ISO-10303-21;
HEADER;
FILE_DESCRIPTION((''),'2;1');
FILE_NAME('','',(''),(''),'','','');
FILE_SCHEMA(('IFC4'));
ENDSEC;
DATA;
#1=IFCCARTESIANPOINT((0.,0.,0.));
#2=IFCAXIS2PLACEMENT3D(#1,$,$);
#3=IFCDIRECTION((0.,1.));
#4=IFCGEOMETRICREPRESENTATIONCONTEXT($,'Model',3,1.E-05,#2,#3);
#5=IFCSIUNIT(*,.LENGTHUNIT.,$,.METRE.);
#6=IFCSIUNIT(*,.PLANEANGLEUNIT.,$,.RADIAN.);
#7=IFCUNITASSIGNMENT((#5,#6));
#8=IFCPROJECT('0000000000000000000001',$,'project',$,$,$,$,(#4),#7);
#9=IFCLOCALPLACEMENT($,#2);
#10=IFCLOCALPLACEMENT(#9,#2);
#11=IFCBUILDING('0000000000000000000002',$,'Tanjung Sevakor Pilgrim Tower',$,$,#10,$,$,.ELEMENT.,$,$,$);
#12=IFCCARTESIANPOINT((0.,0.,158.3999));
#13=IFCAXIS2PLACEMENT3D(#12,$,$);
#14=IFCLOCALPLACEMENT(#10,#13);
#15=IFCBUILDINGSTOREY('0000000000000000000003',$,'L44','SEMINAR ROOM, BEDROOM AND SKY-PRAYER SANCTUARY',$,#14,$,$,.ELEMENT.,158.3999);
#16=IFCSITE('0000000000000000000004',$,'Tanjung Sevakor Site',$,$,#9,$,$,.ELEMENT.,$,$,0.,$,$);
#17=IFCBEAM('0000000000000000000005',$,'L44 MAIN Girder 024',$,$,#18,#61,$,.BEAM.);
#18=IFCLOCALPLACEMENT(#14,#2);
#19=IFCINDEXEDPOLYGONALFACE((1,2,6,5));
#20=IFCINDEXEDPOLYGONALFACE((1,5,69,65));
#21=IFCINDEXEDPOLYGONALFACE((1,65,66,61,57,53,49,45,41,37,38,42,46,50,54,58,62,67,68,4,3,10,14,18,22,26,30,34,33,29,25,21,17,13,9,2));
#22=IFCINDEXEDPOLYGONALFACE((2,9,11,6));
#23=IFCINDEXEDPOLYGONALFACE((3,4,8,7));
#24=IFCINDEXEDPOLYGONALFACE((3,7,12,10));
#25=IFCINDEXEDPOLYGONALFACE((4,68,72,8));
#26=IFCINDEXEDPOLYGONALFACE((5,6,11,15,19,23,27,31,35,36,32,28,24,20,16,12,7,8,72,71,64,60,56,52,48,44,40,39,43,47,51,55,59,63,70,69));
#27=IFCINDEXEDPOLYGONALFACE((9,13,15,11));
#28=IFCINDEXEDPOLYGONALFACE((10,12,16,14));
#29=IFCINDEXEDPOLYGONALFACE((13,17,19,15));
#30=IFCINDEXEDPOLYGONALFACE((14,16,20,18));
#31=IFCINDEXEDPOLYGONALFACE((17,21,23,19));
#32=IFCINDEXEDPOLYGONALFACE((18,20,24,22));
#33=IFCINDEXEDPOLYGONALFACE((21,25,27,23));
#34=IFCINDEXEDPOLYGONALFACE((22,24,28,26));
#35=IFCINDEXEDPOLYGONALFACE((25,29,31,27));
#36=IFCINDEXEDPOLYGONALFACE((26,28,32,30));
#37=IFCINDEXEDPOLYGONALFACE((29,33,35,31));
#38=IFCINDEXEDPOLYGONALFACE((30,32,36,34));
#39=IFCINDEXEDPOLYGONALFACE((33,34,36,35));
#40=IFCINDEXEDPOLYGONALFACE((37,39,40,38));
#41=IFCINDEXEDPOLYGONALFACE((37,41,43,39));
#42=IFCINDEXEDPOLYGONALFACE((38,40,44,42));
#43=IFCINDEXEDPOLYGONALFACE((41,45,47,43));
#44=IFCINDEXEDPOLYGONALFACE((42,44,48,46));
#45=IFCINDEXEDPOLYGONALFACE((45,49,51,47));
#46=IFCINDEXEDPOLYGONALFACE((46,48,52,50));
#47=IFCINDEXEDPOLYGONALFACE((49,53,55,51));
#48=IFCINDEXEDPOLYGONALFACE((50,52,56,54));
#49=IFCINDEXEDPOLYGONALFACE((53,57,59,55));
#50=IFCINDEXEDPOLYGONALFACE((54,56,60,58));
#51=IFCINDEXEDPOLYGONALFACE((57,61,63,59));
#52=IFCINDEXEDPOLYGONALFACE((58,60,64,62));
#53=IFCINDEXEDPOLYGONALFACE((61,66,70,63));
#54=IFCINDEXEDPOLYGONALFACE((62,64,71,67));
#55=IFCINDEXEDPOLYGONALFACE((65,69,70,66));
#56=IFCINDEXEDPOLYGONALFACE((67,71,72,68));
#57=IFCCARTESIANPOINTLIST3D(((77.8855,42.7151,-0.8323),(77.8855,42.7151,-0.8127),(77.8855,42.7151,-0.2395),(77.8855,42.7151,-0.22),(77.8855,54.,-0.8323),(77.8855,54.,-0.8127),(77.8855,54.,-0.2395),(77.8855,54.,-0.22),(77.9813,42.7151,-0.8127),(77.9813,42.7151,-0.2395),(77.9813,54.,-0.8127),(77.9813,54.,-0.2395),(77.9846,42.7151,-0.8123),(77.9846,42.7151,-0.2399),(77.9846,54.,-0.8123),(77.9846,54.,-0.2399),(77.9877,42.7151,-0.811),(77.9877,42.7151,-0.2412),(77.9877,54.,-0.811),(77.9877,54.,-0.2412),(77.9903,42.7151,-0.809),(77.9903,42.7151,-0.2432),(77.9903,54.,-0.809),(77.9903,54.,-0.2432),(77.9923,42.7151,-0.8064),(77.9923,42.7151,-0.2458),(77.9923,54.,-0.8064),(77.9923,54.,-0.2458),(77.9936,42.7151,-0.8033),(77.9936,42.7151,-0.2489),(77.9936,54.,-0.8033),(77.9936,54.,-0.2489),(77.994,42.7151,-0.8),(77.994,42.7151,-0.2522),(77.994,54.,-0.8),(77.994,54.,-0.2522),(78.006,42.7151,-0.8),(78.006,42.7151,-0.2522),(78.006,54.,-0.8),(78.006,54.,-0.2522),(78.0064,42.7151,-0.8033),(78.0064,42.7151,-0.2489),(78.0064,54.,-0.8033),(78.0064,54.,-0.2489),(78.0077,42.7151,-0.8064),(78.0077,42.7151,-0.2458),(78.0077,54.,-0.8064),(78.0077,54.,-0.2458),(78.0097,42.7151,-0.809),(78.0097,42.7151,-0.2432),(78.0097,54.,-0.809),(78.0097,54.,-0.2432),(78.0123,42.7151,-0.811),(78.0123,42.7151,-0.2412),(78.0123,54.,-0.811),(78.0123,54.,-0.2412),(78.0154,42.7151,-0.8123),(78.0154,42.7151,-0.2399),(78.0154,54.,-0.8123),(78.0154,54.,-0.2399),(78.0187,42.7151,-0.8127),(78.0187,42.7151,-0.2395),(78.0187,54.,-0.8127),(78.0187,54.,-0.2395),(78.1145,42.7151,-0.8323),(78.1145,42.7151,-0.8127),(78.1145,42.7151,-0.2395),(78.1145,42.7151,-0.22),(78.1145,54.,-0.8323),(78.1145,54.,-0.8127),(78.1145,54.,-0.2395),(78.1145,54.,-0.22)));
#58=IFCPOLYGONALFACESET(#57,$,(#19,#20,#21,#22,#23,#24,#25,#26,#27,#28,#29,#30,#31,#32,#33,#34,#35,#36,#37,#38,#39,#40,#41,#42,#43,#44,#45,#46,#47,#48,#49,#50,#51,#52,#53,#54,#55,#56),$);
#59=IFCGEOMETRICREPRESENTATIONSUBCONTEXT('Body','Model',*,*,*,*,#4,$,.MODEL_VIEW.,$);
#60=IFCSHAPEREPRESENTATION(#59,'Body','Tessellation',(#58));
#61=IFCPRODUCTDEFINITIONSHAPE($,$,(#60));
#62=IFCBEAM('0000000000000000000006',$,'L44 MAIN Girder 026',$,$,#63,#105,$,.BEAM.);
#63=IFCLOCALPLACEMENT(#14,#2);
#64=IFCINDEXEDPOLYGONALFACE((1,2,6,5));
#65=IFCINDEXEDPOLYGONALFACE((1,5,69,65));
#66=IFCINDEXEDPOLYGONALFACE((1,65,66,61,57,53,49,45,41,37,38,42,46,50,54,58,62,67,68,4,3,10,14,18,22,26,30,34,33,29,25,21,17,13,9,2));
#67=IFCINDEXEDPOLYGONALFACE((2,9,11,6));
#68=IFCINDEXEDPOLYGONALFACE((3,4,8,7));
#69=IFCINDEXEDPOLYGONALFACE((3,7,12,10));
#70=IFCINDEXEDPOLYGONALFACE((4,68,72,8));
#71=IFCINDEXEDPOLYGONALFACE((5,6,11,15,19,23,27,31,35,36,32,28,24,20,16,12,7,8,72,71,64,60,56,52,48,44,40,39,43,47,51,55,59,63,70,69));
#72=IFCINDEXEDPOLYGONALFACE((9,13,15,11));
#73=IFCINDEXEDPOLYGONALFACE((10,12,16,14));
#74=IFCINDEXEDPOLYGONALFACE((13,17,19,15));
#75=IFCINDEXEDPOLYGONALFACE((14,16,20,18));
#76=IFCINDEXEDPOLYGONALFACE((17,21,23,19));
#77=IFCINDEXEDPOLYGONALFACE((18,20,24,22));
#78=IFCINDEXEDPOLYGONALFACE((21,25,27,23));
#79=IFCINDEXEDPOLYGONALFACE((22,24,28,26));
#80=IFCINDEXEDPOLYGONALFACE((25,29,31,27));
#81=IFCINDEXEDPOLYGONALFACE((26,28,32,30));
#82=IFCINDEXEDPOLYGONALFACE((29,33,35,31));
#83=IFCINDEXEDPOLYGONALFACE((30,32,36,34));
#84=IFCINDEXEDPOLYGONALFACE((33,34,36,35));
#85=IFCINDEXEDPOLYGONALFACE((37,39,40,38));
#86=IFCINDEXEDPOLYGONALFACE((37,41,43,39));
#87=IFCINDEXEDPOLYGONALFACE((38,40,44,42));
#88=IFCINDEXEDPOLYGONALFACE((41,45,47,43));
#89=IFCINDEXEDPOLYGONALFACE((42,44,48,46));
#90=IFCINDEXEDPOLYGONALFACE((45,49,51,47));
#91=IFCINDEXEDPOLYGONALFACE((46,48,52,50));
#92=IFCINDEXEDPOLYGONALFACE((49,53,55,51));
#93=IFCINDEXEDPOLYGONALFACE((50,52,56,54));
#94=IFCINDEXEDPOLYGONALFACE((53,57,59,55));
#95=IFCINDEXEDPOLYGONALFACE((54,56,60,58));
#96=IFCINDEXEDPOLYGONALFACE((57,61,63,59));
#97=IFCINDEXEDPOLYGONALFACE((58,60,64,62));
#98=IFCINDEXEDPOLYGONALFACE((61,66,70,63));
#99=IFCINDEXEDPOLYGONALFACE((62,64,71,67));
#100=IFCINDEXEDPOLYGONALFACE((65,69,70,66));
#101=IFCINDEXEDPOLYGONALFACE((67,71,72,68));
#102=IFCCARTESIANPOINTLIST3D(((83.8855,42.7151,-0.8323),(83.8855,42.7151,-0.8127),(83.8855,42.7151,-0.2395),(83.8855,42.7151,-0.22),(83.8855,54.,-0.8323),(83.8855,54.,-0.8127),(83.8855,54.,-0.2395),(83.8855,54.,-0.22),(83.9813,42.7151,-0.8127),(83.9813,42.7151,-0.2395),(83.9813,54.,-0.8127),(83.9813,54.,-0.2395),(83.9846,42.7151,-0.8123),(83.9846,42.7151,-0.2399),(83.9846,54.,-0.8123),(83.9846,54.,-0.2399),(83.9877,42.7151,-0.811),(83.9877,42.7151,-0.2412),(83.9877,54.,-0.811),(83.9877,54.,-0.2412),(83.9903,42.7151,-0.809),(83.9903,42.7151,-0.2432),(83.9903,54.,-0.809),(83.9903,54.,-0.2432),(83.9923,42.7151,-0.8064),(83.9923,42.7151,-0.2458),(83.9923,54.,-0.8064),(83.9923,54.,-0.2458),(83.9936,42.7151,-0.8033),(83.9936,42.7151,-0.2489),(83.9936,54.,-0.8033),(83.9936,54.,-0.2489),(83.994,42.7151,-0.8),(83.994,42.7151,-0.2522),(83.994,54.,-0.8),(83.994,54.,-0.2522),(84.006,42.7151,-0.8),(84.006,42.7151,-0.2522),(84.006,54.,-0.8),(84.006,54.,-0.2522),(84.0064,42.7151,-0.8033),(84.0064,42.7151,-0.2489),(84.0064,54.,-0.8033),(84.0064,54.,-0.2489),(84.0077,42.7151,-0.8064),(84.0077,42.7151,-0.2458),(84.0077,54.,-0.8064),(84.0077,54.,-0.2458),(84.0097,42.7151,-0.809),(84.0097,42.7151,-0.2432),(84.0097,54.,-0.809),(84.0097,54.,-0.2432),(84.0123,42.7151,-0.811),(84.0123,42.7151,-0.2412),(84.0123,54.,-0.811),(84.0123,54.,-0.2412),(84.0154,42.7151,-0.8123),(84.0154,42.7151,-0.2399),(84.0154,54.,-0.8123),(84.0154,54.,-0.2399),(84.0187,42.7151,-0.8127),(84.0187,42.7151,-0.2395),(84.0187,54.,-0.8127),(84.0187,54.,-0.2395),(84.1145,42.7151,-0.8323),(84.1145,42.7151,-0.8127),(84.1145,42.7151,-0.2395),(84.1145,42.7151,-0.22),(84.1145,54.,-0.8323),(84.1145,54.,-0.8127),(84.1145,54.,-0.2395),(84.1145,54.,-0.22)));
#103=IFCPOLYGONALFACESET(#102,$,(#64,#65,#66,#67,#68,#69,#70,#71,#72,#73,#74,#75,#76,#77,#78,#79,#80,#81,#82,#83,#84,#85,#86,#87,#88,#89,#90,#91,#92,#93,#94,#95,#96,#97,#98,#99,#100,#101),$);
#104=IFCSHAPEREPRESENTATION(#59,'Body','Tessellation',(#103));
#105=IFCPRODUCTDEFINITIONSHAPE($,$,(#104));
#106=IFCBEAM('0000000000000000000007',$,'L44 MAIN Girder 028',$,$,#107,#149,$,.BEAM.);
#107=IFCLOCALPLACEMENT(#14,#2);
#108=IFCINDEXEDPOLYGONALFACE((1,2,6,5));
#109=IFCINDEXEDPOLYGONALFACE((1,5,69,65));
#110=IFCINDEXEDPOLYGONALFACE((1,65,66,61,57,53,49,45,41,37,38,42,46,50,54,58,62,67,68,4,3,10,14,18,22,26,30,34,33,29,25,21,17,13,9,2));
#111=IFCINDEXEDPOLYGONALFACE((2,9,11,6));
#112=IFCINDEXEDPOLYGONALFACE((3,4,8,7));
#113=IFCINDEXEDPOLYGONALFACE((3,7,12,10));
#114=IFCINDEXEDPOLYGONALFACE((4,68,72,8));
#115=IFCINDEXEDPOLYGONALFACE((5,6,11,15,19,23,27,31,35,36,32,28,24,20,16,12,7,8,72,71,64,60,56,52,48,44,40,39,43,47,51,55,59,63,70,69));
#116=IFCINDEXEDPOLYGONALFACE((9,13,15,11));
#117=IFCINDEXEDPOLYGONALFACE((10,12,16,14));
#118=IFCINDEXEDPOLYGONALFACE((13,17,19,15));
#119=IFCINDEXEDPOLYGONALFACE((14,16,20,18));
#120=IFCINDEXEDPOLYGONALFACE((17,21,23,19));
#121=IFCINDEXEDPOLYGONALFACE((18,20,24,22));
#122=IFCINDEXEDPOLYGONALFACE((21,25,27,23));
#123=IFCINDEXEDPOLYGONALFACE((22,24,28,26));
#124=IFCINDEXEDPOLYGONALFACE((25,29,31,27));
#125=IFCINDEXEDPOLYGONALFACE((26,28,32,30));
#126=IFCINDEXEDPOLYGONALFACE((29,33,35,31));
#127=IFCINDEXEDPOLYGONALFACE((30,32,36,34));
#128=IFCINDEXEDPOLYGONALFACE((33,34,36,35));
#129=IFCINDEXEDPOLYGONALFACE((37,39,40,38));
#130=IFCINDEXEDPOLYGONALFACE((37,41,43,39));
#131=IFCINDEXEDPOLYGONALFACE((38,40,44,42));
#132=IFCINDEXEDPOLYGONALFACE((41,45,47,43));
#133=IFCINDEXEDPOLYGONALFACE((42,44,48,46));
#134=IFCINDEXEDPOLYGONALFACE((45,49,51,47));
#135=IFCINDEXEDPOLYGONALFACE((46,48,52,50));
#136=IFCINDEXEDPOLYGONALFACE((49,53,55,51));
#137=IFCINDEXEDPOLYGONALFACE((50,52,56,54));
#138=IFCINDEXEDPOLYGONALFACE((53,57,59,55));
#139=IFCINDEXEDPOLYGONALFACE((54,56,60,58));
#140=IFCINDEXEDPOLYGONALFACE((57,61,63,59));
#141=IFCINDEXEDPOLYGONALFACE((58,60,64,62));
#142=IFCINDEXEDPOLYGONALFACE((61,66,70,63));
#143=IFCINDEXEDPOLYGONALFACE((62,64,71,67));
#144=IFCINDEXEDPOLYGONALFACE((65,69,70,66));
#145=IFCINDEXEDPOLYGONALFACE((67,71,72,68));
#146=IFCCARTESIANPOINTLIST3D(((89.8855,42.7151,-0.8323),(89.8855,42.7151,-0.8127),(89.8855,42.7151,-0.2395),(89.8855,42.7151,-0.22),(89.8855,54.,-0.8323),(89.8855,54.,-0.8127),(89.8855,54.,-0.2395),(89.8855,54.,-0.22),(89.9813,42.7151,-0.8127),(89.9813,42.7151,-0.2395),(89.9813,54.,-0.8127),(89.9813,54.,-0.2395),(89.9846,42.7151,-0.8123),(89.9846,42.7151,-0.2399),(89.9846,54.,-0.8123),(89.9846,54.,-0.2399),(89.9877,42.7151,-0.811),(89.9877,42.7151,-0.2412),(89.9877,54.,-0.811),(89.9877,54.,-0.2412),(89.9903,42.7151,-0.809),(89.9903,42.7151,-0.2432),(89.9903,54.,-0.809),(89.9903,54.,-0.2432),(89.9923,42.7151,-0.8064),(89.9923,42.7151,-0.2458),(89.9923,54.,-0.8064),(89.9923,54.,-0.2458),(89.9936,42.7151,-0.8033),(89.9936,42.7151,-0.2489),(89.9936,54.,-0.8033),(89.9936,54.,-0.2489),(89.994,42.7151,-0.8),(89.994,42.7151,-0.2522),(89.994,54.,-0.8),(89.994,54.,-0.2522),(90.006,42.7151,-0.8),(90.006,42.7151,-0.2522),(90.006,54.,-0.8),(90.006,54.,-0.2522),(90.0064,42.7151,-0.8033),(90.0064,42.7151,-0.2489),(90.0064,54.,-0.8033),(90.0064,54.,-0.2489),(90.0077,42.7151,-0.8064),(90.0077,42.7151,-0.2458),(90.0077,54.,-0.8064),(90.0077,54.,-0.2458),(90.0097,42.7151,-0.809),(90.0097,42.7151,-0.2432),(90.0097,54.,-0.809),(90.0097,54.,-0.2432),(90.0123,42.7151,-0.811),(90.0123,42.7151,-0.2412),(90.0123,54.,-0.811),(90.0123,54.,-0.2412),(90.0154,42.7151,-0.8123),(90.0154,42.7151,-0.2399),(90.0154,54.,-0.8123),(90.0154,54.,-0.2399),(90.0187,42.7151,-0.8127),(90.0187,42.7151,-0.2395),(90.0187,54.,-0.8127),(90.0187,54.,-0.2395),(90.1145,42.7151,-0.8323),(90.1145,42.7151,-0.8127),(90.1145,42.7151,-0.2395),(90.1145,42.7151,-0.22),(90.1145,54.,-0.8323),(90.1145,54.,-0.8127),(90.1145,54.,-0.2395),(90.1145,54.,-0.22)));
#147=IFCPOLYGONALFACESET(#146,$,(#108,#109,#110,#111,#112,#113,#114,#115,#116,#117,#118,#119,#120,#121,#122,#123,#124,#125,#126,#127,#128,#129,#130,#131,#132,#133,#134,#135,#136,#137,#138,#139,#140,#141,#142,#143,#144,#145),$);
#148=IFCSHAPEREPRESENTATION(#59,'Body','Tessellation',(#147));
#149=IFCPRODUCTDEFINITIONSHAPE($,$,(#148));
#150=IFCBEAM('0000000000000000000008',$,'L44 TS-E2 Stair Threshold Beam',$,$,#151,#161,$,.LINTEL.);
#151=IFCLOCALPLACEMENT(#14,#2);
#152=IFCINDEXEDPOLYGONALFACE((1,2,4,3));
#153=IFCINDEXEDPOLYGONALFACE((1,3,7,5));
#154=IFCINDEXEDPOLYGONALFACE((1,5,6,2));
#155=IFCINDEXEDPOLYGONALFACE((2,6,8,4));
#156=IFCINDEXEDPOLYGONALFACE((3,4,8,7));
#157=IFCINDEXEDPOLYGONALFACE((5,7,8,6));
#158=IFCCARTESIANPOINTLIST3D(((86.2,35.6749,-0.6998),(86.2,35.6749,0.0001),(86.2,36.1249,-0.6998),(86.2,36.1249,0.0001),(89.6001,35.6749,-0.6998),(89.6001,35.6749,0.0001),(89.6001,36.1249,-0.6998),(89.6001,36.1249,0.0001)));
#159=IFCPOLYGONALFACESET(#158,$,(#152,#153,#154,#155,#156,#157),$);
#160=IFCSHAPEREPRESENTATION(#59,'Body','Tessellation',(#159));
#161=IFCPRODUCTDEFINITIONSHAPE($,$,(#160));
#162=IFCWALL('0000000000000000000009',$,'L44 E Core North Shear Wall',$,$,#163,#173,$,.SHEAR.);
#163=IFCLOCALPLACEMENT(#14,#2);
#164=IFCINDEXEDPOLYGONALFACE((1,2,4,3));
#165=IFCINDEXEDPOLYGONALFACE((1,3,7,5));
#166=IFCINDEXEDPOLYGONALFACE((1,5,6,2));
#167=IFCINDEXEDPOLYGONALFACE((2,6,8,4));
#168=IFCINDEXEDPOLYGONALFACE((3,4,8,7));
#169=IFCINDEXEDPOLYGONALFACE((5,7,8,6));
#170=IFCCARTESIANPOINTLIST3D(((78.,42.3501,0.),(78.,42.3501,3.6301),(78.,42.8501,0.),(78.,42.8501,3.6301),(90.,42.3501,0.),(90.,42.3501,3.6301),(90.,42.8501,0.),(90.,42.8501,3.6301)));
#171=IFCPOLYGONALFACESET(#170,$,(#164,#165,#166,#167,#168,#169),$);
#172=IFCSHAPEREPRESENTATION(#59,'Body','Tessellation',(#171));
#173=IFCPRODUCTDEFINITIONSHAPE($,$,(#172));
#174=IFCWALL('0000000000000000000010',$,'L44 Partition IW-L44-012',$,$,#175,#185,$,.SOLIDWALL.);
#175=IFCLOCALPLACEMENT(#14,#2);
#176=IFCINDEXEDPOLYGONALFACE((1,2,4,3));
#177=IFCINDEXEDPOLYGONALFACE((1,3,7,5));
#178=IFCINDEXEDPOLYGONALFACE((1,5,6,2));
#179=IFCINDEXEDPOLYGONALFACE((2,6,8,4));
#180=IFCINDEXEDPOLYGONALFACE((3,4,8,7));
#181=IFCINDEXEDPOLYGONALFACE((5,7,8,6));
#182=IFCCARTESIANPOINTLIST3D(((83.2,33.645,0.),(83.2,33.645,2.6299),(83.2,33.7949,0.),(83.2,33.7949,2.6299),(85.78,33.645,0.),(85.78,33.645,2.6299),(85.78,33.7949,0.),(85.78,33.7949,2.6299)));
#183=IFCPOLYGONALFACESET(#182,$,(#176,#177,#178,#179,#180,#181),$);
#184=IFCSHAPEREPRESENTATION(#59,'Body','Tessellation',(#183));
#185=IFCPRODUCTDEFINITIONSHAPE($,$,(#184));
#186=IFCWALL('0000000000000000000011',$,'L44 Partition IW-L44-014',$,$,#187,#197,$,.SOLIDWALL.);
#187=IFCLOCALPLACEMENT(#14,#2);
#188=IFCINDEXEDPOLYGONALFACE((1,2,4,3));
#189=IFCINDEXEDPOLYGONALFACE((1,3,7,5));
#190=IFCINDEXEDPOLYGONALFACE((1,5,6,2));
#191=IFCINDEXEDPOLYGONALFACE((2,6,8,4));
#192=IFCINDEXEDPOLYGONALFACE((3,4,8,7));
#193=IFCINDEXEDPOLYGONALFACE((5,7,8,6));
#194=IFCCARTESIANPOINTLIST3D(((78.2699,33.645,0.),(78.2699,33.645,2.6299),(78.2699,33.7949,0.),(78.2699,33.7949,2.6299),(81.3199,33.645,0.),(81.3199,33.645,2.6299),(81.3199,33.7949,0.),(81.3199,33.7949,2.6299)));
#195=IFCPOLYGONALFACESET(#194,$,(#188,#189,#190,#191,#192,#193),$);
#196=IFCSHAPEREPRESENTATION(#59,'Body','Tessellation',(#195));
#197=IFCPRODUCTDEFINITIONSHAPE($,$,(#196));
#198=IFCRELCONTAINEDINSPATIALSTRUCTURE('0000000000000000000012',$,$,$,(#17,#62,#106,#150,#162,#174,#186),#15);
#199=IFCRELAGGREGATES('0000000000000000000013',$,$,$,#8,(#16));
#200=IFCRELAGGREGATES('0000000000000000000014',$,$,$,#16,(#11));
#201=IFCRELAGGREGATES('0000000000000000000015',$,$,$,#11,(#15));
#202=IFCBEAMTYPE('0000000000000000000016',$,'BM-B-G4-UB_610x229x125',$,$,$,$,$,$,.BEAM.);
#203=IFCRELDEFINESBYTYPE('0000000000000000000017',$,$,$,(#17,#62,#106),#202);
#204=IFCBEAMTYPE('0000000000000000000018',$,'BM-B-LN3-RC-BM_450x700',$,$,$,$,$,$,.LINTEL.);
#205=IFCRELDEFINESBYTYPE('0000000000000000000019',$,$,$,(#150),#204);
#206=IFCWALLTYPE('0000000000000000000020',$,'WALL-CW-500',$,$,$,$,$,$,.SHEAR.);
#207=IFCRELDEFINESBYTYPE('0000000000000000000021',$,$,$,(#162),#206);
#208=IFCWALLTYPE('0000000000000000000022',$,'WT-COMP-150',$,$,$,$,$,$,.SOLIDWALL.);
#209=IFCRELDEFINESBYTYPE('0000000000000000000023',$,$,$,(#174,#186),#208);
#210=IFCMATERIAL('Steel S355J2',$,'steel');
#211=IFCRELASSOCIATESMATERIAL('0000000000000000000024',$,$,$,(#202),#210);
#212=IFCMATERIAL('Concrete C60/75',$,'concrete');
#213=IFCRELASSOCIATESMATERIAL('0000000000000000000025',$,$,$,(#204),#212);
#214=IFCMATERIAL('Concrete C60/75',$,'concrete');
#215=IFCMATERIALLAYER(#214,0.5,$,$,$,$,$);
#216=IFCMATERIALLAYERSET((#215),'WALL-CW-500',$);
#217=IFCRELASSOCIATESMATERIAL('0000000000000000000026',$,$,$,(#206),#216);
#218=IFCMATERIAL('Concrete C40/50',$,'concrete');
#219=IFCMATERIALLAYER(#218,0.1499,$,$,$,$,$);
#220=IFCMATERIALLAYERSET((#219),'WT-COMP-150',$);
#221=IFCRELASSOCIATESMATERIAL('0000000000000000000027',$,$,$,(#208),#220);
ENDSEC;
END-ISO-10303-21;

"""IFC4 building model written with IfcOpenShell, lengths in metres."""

from ifc_helpers import new_model, si_unit, direction, frame, frame_2d, origin, origin_2d, place, context, subcontext, project, spatial, rectangle, i_section, extrude, material, layer, layer_set, material_profile, profile_set, type_object, element, save


model = new_model("IFC4")

# Units and contexts
model_context = context("Model", 3, precision=1e-05, world=origin(), true_north=direction((0.0, 1.0)))
body_context = subcontext(model_context, "Body", "Model", "MODEL_VIEW")
ifc_project = project(units=[si_unit("LENGTHUNIT", "METRE"), si_unit("PLANEANGLEUNIT", "RADIAN")], contexts=[model_context])

# Site, building, storey
site_placement = place(None, origin())
site = spatial("IfcSite", under=ifc_project, at=site_placement, Name="Tanjung Sevakor Site", CompositionType="ELEMENT", RefElevation=0.0)
building_placement = place(site_placement, origin())
building = spatial("IfcBuilding", under=site, at=building_placement, Name="Tanjung Sevakor Pilgrim Tower", CompositionType="ELEMENT")
storey_placement = place(building_placement, frame((0.0, 0.0, 158.3999)))
storey = spatial("IfcBuildingStorey", under=building, at=storey_placement, Name="L44", Description="SEMINAR ROOM, BEDROOM AND SKY-PRAYER SANCTUARY", CompositionType="ELEMENT", Elevation=158.3999)

# Beams
ifc_material_1 = material(Name="Steel S355J2", Category="steel")
ifc_material_profile_1 = material_profile(ifc_material_1, i_section(OverallWidth=0.229, OverallDepth=0.6123, WebThickness=0.012, FlangeThickness=0.0195, FilletRadius=0.0127, at=origin_2d()))
ifc_profile_set_1 = profile_set([ifc_material_profile_1], Name="Steel S355J2")
beam_type_1 = type_object("IfcBeamType", Name="BM-B-G4-UB_610x229x125", PredefinedType="BEAM", material=ifc_profile_set_1)
for number, where, z_axis, x_axis, name in (
    (1, (78.0, 42.7151, -0.5261), (0.0, 1.0, 0.0), (-1.0, 0.0, 0.0), "L44 MAIN Girder 024"),
    (2, (84.0, 42.7151, -0.5261), (0.0, 1.0, 0.0), (-1.0, 0.0, 0.0), "L44 MAIN Girder 026"),
    (3, (90.0, 42.7151, -0.5261), (0.0, 1.0, 0.0), (-1.0, 0.0, 0.0), "L44 MAIN Girder 028"),
):
    element("IfcBeam", number, at=place(storey_placement, frame(where, z_axis=z_axis, x_axis=x_axis)), inside=storey, type_object=beam_type_1, Name=name, PredefinedType="BEAM", context=body_context, shape_type="SweptSolid", body=[
        extrude(i_section(OverallWidth=0.229, OverallDepth=0.6123, WebThickness=0.012, FlangeThickness=0.0195, FilletRadius=0.0127, at=origin_2d()), origin(), (0.0, 0.0, 1.0), 11.2849),
    ])
ifc_material_2 = material(Name="Concrete C60/75", Category="concrete")
ifc_material_profile_2 = material_profile(ifc_material_2, rectangle(XDim=0.45, YDim=0.7, at=origin_2d()))
ifc_profile_set_2 = profile_set([ifc_material_profile_2], Name="Concrete C60/75")
beam_type_2 = type_object("IfcBeamType", Name="BM-B-LN3-RC-BM_450x700", PredefinedType="LINTEL", material=ifc_profile_set_2)
beam_placement = place(storey_placement, frame((86.2, 35.8999, -0.3499), z_axis=(1.0, 0.0, 0.0), x_axis=(0.0, 1.0, 0.0)))
element("IfcBeam", 4, at=beam_placement, inside=storey, type_object=beam_type_2, Name="L44 TS-E2 Stair Threshold Beam", PredefinedType="LINTEL", context=body_context, shape_type="SweptSolid", body=[
    extrude(rectangle(XDim=0.45, YDim=0.7, at=origin_2d()), origin(), (0.0, 0.0, 1.0), 3.4001),
])

# Walls
ifc_material_3 = material(Name="Concrete C60/75", Category="concrete")
ifc_layer_1 = layer(ifc_material_3, 0.5)
ifc_layer_set_1 = layer_set([ifc_layer_1], Name="WALL-CW-500")
wall_type_1 = type_object("IfcWallType", Name="WALL-CW-500", PredefinedType="SHEAR", material=ifc_layer_set_1)
wall_1_placement = place(storey_placement, frame((90.0, 42.6001, 0.0), z_axis=(0.0, 0.0, 1.0), x_axis=(-1.0, 0.0, 0.0)))
element("IfcWall", 5, at=wall_1_placement, inside=storey, type_object=wall_type_1, Name="L44 E Core North Shear Wall", PredefinedType="SHEAR", context=body_context, shape_type="SweptSolid", body=[
    extrude(rectangle(XDim=12.0, YDim=0.5, at=frame_2d((6.0, 0.0))), origin(), (0.0, 0.0, 1.0), 3.6301),
])
ifc_material_4 = material(Name="Concrete C40/50", Category="concrete")
ifc_layer_2 = layer(ifc_material_4, 0.1499)
ifc_layer_set_2 = layer_set([ifc_layer_2], Name="WT-COMP-150")
wall_type_2 = type_object("IfcWallType", Name="WT-COMP-150", PredefinedType="SOLIDWALL", material=ifc_layer_set_2)
wall_2_placement = place(storey_placement, frame((83.2, 33.72, 0.0), z_axis=(0.0, 0.0, 1.0), x_axis=(1.0, 0.0, 0.0)))
element("IfcWall", 6, at=wall_2_placement, inside=storey, type_object=wall_type_2, Name="L44 Partition IW-L44-012", PredefinedType="SOLIDWALL", context=body_context, shape_type="SweptSolid", body=[
    extrude(rectangle(XDim=2.5801, YDim=0.1499, at=frame_2d((1.29, 0.0))), origin(), (0.0, 0.0, 1.0), 2.6299),
])
wall_3_placement = place(storey_placement, frame((78.27, 33.72, 0.0), z_axis=(0.0, 0.0, 1.0), x_axis=(1.0, 0.0, 0.0)))
element("IfcWall", 7, at=wall_3_placement, inside=storey, type_object=wall_type_2, Name="L44 Partition IW-L44-014", PredefinedType="SOLIDWALL", context=body_context, shape_type="SweptSolid", body=[
    extrude(rectangle(XDim=3.05, YDim=0.1499, at=frame_2d((1.5249, 0.0))), origin(), (0.0, 0.0, 1.0), 2.6299),
])

save(model, "model.ifc")
